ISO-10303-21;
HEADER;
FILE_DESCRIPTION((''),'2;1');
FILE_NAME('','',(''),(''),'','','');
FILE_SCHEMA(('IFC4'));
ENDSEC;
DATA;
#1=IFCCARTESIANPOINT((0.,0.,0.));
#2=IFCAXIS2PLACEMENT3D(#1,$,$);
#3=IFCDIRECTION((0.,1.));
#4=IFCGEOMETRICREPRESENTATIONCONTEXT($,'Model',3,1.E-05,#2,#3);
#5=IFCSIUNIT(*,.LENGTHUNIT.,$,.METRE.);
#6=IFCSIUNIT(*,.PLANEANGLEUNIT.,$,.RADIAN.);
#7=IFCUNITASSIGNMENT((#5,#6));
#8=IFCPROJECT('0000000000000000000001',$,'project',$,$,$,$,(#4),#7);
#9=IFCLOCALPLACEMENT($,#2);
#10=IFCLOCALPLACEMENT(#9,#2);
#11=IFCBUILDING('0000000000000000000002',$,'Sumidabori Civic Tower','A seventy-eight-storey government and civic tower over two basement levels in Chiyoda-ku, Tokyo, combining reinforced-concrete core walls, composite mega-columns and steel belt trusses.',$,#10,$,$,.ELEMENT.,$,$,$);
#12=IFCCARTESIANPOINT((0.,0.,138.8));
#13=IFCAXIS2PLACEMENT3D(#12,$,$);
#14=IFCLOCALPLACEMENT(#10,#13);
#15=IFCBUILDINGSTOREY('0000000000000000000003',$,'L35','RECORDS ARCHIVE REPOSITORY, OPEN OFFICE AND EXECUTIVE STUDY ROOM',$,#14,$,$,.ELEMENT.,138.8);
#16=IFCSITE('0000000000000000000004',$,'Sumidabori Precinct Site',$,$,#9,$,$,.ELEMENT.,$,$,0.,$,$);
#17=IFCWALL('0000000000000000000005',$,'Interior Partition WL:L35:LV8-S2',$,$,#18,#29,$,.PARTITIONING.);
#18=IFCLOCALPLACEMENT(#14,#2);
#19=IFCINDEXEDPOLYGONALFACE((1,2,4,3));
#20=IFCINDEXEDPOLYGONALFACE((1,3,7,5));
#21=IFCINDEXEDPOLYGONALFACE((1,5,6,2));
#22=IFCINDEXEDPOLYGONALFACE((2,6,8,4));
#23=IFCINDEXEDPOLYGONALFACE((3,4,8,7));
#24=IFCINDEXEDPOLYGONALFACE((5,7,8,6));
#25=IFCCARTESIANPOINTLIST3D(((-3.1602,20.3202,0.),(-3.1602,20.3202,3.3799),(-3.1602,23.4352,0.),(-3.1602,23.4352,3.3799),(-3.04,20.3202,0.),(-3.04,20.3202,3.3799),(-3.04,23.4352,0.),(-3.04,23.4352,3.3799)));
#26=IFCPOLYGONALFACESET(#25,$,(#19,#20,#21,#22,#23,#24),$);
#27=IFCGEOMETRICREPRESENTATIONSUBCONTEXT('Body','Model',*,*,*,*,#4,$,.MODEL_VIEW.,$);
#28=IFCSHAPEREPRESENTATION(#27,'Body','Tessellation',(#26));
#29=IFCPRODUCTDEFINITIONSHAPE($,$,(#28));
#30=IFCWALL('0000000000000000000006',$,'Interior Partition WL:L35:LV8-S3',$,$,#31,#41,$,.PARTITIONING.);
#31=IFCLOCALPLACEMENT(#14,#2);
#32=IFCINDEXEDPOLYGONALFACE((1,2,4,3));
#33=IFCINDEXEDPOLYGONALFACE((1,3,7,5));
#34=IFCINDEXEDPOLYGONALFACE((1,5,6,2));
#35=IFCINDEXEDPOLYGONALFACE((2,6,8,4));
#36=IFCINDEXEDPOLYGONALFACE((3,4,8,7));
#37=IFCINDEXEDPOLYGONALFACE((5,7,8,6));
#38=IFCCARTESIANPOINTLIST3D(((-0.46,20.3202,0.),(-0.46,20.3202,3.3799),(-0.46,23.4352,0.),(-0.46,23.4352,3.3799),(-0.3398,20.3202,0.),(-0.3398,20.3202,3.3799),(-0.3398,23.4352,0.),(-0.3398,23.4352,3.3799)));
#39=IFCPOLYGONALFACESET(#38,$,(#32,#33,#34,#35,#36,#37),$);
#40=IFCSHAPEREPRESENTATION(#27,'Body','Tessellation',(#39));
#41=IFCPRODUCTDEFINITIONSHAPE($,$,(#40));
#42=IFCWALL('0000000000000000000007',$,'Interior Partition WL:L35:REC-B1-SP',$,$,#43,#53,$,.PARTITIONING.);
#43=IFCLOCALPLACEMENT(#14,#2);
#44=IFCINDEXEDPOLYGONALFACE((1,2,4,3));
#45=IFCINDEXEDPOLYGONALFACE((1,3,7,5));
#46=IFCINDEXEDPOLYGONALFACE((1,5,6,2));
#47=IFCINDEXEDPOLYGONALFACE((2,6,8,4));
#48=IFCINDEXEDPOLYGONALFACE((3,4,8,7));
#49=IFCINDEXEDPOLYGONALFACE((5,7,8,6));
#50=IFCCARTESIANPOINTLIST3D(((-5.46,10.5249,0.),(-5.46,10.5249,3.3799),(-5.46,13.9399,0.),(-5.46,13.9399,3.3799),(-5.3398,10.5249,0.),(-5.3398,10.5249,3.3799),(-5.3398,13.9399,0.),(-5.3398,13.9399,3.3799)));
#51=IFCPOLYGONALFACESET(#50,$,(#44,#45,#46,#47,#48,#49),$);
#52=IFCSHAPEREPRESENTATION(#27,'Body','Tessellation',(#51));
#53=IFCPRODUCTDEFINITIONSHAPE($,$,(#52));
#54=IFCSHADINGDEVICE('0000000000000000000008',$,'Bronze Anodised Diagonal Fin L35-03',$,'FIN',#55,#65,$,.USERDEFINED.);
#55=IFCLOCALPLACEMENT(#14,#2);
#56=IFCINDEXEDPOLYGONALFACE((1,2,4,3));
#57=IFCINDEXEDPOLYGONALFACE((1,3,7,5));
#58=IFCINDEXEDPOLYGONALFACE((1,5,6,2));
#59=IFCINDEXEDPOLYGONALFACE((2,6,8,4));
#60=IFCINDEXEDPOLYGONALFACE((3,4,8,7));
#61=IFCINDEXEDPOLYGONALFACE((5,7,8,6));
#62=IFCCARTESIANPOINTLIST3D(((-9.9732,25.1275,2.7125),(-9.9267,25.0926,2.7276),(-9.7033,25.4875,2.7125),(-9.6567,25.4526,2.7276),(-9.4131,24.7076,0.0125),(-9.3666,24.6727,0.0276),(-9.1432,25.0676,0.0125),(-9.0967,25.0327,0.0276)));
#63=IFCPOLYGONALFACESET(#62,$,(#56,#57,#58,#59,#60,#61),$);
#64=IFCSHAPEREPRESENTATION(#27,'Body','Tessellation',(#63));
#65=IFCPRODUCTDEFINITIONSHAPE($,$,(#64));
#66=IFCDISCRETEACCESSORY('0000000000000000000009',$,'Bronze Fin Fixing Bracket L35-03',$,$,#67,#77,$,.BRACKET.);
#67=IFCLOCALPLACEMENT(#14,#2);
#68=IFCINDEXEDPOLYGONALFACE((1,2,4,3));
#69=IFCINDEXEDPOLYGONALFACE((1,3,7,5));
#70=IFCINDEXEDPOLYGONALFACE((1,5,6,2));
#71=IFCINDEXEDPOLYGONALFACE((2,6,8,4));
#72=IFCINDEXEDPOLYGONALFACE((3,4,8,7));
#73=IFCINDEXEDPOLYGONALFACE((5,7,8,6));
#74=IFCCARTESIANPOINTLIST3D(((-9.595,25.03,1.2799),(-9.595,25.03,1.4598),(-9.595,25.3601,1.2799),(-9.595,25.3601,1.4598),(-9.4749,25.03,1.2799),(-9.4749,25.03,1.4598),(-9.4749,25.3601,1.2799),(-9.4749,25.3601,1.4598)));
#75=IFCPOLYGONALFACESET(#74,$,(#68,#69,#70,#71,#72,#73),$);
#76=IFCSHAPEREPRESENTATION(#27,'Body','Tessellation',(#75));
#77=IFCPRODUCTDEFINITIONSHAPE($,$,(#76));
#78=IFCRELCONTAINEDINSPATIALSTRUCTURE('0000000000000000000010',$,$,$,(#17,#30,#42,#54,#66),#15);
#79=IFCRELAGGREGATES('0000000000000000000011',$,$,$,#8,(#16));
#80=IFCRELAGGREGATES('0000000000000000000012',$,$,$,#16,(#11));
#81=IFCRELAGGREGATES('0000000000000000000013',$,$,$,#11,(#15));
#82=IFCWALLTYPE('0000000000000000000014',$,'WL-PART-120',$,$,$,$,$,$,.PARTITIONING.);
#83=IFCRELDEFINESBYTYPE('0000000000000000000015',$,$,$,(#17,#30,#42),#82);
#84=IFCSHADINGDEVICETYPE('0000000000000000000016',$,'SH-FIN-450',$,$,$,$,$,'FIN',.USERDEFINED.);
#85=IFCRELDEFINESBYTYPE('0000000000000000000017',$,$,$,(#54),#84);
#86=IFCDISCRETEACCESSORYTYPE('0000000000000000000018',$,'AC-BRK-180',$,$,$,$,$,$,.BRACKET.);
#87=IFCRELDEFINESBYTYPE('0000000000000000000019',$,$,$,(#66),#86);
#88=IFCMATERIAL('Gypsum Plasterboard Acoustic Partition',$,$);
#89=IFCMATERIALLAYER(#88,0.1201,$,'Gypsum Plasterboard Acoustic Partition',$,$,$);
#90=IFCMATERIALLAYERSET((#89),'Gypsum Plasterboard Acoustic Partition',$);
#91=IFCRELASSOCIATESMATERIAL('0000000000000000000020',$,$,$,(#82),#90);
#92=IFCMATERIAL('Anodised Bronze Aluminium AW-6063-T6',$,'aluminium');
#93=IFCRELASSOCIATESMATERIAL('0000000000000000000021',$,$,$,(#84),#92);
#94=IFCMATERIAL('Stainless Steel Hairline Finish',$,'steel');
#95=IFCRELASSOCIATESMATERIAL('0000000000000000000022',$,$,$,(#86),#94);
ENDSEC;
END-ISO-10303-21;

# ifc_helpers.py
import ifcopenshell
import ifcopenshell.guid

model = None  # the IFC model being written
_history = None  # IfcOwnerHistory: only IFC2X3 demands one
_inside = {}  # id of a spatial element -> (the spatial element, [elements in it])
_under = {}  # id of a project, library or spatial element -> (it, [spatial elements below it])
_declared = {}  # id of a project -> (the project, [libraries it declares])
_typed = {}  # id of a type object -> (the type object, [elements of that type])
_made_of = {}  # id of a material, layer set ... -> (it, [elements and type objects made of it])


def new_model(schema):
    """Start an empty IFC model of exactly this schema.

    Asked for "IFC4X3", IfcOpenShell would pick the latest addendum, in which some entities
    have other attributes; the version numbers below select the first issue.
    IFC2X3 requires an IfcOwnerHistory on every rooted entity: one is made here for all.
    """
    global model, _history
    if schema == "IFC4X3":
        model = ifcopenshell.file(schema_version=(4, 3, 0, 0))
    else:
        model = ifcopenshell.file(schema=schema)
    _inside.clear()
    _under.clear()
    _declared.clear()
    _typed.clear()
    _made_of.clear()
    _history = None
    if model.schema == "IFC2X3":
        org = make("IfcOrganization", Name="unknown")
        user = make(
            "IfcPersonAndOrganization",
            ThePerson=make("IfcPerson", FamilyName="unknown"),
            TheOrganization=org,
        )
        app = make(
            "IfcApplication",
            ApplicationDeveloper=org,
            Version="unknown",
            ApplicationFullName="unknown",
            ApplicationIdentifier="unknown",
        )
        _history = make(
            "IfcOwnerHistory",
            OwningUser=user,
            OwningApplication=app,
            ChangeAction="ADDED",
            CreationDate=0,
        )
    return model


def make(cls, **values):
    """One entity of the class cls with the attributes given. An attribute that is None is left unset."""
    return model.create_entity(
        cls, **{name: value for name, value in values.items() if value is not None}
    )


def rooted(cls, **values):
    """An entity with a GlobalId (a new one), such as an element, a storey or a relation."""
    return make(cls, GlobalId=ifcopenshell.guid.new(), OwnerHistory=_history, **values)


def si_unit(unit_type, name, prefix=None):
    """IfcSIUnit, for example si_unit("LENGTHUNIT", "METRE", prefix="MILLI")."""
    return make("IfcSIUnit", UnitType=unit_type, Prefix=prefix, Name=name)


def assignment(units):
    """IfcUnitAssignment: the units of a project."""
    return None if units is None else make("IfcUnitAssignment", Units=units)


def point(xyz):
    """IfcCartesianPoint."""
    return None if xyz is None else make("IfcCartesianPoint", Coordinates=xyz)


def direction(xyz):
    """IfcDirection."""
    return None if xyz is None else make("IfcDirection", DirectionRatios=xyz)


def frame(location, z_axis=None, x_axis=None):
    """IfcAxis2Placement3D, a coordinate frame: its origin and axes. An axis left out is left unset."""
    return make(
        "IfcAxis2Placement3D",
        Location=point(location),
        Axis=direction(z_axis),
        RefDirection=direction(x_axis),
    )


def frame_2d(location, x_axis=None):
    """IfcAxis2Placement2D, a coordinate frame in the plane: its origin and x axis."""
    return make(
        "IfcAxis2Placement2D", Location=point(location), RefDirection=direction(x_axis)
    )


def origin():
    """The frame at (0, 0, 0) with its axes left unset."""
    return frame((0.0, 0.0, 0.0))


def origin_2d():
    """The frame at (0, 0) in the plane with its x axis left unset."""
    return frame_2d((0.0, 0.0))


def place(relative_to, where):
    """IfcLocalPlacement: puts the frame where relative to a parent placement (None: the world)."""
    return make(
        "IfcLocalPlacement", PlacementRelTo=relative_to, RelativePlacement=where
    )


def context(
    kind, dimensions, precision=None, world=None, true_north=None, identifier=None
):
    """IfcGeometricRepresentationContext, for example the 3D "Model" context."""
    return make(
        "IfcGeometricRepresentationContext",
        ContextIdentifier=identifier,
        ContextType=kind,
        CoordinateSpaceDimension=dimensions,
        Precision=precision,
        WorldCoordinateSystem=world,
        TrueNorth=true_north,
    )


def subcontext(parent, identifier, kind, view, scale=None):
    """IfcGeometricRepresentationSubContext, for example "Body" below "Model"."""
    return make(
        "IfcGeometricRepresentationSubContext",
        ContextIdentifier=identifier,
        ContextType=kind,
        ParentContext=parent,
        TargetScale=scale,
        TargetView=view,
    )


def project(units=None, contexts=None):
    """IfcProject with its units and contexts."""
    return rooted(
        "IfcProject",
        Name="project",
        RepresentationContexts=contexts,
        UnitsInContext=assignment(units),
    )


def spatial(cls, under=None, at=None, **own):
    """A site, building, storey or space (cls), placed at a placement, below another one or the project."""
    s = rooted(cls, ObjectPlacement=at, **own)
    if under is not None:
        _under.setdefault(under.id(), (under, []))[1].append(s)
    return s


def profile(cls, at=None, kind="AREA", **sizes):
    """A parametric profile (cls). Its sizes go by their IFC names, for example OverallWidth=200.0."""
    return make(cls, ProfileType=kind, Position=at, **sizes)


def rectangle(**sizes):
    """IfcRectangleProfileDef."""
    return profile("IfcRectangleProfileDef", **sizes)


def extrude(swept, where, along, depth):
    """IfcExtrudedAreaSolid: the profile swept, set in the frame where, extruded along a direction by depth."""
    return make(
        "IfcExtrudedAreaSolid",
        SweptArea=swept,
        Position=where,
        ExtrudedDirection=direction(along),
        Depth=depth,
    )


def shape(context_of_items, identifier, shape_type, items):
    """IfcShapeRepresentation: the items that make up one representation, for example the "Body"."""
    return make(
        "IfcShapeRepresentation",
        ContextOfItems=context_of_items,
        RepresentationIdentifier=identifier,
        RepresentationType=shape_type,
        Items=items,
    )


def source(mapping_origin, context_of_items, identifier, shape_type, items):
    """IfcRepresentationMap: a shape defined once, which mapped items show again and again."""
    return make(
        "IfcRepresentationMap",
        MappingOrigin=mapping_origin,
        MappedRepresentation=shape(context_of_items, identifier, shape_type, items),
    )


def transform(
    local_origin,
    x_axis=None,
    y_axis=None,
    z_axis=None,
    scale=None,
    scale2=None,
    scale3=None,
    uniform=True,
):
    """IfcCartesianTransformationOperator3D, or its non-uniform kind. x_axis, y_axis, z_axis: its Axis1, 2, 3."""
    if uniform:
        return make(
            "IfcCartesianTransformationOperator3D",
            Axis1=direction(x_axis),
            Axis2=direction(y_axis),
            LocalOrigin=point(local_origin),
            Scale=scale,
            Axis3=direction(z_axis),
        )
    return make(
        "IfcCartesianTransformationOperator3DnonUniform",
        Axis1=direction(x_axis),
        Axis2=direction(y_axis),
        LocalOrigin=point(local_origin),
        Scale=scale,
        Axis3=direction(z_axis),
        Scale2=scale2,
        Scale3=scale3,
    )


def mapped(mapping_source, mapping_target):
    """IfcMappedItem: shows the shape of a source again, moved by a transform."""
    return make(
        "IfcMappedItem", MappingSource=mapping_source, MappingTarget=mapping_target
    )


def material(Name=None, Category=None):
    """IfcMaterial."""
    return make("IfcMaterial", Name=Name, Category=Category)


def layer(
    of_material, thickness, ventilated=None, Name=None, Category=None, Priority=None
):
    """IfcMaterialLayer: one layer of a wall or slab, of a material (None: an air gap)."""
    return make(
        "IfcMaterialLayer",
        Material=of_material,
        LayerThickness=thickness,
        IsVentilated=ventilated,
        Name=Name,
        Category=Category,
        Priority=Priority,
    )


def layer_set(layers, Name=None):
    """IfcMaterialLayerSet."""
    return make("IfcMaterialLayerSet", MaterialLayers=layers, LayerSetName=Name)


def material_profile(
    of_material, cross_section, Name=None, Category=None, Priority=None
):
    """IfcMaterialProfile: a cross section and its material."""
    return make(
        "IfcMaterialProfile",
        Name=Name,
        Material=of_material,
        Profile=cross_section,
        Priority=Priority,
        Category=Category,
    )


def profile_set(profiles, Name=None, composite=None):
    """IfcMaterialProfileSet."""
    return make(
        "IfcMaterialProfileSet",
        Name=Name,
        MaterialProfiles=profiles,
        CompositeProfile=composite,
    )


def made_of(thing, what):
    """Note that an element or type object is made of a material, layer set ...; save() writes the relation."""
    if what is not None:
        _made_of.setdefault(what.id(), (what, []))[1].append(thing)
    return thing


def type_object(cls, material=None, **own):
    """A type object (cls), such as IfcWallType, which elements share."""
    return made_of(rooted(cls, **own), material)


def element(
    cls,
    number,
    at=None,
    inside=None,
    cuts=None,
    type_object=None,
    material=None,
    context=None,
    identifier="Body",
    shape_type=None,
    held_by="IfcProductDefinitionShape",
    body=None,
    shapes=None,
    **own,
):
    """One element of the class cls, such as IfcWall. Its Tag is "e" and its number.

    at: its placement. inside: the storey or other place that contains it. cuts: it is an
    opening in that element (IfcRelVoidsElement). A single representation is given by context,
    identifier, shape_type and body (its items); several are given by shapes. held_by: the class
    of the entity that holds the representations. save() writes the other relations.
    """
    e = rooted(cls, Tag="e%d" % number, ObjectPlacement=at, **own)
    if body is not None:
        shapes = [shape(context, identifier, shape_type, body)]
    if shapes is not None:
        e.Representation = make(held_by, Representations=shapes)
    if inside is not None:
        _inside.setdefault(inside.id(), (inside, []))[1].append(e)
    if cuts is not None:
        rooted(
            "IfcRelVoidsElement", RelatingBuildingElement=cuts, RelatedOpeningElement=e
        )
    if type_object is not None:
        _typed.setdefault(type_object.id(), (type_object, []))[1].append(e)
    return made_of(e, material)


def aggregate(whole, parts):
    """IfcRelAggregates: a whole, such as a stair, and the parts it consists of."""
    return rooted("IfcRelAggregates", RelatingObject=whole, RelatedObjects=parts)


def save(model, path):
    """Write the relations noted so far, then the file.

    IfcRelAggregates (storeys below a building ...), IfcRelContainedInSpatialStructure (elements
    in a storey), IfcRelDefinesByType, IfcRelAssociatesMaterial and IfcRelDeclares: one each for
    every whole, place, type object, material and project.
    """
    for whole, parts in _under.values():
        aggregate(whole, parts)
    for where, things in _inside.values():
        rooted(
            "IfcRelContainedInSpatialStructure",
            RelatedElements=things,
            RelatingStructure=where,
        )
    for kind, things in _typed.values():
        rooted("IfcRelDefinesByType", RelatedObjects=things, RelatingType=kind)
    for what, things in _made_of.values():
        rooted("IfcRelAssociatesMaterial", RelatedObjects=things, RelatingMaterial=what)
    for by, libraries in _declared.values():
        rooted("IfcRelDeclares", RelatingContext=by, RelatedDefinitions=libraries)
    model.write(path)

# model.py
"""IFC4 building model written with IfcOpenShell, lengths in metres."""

from ifc_helpers import new_model, si_unit, direction, frame, frame_2d, origin, origin_2d, place, context, subcontext, project, spatial, rectangle, extrude, source, transform, mapped, material, layer, layer_set, material_profile, profile_set, type_object, element, save


model = new_model("IFC4")

# Units and contexts
model_context = context("Model", 3, precision=1e-05, world=origin(), true_north=direction((0.0, 1.0)))
body_context = subcontext(model_context, "Body", "Model", "MODEL_VIEW")
ifc_project = project(units=[si_unit("LENGTHUNIT", "METRE"), si_unit("PLANEANGLEUNIT", "RADIAN")], contexts=[model_context])

# Site, building, storey
site_placement = place(None, origin())
site = spatial("IfcSite", under=ifc_project, at=site_placement, Name="Sumidabori Precinct Site", CompositionType="ELEMENT", RefElevation=0.0)
building_placement = place(site_placement, origin())
building = spatial("IfcBuilding", under=site, at=building_placement, Name="Sumidabori Civic Tower", Description="A seventy-eight-storey government and civic tower over two basement levels in Chiyoda-ku, Tokyo, combining reinforced-concrete core walls, composite mega-columns and steel belt trusses.", CompositionType="ELEMENT")
storey_placement = place(building_placement, frame((0.0, 0.0, 138.8)))
storey = spatial("IfcBuildingStorey", under=building, at=storey_placement, Name="L35", Description="RECORDS ARCHIVE REPOSITORY, OPEN OFFICE AND EXECUTIVE STUDY ROOM", CompositionType="ELEMENT", Elevation=138.8)

# Shared definitions
ifc_material_1 = material(Name="Anodised Bronze Aluminium AW-6063-T6", Category="aluminium")

# Shared definitions
ifc_material_2 = material(Name="Stainless Steel Hairline Finish", Category="steel")

# Shared definitions
ifc_material_3 = material(Name="Gypsum Plasterboard Acoustic Partition")

# Walls
ifc_layer_1 = layer(ifc_material_3, 0.1201, Name="Gypsum Plasterboard Acoustic Partition")
ifc_layer_set_1 = layer_set([ifc_layer_1], Name="Gypsum Plasterboard Acoustic Partition")
wall_type_1 = type_object("IfcWallType", Name="WL-PART-120", PredefinedType="PARTITIONING", material=ifc_layer_set_1)
shared_shape_1 = source(origin(), body_context, "Body", "SweptSolid", [
    extrude(rectangle(XDim=3.115, YDim=0.1201, at=frame_2d((1.5576, 0.0))), origin(), (0.0, 0.0, 1.0), 3.3799),
])
for number, where, z_axis, x_axis, name in (
    (1, (-3.1001, 20.3201, 0.0), (0.0, 0.0, 1.0), (0.0, 1.0, 0.0), "Interior Partition WL:L35:LV8-S2"),
    (2, (-0.3999, 20.3201, 0.0), (0.0, 0.0, 1.0), (0.0, 1.0, 0.0), "Interior Partition WL:L35:LV8-S3"),
):
    element("IfcWall", number, at=place(storey_placement, frame(where, z_axis=z_axis, x_axis=x_axis)), inside=storey, type_object=wall_type_1, Name=name, PredefinedType="PARTITIONING", context=body_context, shape_type="MappedRepresentation", body=[
        mapped(shared_shape_1, transform((0.0, 0.0, 0.0), x_axis=(1.0, 0.0, 0.0), y_axis=(0.0, 1.0, 0.0), z_axis=(0.0, 0.0, 1.0), scale=1.0)),
    ])
shared_shape_2 = source(origin(), body_context, "Body", "SweptSolid", [
    extrude(rectangle(XDim=3.415, YDim=0.1201, at=frame_2d((1.7075, 0.0))), origin(), (0.0, 0.0, 1.0), 3.3799),
])
wall_1_placement = place(storey_placement, frame((-5.3999, 10.5249, 0.0), z_axis=(0.0, 0.0, 1.0), x_axis=(0.0, 1.0, 0.0)))
element("IfcWall", 3, at=wall_1_placement, inside=storey, type_object=wall_type_1, Name="Interior Partition WL:L35:REC-B1-SP", PredefinedType="PARTITIONING", context=body_context, shape_type="MappedRepresentation", body=[
    mapped(shared_shape_2, transform((0.0, 0.0, 0.0), x_axis=(1.0, 0.0, 0.0), y_axis=(0.0, 1.0, 0.0), z_axis=(0.0, 0.0, 1.0), scale=1.0)),
])

# Shading device
ifc_material_profile_1 = material_profile(ifc_material_1, rectangle(XDim=0.0601, YDim=0.45, at=origin_2d()), Name="BRONZE FIN 450x60")
ifc_profile_set_1 = profile_set([ifc_material_profile_1], Name="Anodised Bronze Aluminium AW-6063-T6")
shading_device_type = type_object("IfcShadingDeviceType", Name="SH-FIN-450", ElementType="FIN", PredefinedType="USERDEFINED", material=ifc_profile_set_1)
shared_shape_3 = source(origin(), body_context, "Body", "SweptSolid", [
    extrude(rectangle(XDim=0.0601, YDim=0.45, at=origin_2d()), origin(), (0.0, 0.0, 1.0), 2.7893),
])
shading_device_placement = place(storey_placement, frame((-9.2549, 24.8701, 0.02), z_axis=(-0.200794, 0.150552, 0.967996), x_axis=(0.774478, -0.580689, 0.250966)))
element("IfcShadingDevice", 4, at=shading_device_placement, inside=storey, type_object=shading_device_type, Name="Bronze Anodised Diagonal Fin L35-03", ObjectType="FIN", PredefinedType="USERDEFINED", context=body_context, shape_type="MappedRepresentation", body=[
    mapped(shared_shape_3, transform((0.0, 0.0, 0.0), x_axis=(1.0, 0.0, 0.0), y_axis=(0.0, 1.0, 0.0), z_axis=(0.0, 0.0, 1.0), scale=1.0)),
])

# Discrete accessory
ifc_material_profile_2 = material_profile(ifc_material_2, rectangle(XDim=0.1201, YDim=0.1799, at=origin_2d()), Name="STEEL BRACKET 180x120")
ifc_profile_set_2 = profile_set([ifc_material_profile_2], Name="Stainless Steel Hairline Finish")
discrete_accessory_type = type_object("IfcDiscreteAccessoryType", Name="AC-BRK-180", PredefinedType="BRACKET", material=ifc_profile_set_2)
shared_shape_4 = source(origin(), body_context, "Body", "SweptSolid", [
    extrude(rectangle(XDim=0.1201, YDim=0.1799, at=origin_2d()), origin(), (0.0, 0.0, 1.0), 0.3301),
])
discrete_accessory_placement = place(storey_placement, frame((-9.5349, 25.03, 1.3699), z_axis=(0.0, 1.0, 0.0), x_axis=(-1.0, 0.0, 0.0)))
element("IfcDiscreteAccessory", 5, at=discrete_accessory_placement, inside=storey, type_object=discrete_accessory_type, Name="Bronze Fin Fixing Bracket L35-03", PredefinedType="BRACKET", context=body_context, shape_type="MappedRepresentation", body=[
    mapped(shared_shape_4, transform((0.0, 0.0, 0.0), x_axis=(1.0, 0.0, 0.0), y_axis=(0.0, 1.0, 0.0), z_axis=(0.0, 0.0, 1.0), scale=1.0)),
])

save(model, "model.ifc")
